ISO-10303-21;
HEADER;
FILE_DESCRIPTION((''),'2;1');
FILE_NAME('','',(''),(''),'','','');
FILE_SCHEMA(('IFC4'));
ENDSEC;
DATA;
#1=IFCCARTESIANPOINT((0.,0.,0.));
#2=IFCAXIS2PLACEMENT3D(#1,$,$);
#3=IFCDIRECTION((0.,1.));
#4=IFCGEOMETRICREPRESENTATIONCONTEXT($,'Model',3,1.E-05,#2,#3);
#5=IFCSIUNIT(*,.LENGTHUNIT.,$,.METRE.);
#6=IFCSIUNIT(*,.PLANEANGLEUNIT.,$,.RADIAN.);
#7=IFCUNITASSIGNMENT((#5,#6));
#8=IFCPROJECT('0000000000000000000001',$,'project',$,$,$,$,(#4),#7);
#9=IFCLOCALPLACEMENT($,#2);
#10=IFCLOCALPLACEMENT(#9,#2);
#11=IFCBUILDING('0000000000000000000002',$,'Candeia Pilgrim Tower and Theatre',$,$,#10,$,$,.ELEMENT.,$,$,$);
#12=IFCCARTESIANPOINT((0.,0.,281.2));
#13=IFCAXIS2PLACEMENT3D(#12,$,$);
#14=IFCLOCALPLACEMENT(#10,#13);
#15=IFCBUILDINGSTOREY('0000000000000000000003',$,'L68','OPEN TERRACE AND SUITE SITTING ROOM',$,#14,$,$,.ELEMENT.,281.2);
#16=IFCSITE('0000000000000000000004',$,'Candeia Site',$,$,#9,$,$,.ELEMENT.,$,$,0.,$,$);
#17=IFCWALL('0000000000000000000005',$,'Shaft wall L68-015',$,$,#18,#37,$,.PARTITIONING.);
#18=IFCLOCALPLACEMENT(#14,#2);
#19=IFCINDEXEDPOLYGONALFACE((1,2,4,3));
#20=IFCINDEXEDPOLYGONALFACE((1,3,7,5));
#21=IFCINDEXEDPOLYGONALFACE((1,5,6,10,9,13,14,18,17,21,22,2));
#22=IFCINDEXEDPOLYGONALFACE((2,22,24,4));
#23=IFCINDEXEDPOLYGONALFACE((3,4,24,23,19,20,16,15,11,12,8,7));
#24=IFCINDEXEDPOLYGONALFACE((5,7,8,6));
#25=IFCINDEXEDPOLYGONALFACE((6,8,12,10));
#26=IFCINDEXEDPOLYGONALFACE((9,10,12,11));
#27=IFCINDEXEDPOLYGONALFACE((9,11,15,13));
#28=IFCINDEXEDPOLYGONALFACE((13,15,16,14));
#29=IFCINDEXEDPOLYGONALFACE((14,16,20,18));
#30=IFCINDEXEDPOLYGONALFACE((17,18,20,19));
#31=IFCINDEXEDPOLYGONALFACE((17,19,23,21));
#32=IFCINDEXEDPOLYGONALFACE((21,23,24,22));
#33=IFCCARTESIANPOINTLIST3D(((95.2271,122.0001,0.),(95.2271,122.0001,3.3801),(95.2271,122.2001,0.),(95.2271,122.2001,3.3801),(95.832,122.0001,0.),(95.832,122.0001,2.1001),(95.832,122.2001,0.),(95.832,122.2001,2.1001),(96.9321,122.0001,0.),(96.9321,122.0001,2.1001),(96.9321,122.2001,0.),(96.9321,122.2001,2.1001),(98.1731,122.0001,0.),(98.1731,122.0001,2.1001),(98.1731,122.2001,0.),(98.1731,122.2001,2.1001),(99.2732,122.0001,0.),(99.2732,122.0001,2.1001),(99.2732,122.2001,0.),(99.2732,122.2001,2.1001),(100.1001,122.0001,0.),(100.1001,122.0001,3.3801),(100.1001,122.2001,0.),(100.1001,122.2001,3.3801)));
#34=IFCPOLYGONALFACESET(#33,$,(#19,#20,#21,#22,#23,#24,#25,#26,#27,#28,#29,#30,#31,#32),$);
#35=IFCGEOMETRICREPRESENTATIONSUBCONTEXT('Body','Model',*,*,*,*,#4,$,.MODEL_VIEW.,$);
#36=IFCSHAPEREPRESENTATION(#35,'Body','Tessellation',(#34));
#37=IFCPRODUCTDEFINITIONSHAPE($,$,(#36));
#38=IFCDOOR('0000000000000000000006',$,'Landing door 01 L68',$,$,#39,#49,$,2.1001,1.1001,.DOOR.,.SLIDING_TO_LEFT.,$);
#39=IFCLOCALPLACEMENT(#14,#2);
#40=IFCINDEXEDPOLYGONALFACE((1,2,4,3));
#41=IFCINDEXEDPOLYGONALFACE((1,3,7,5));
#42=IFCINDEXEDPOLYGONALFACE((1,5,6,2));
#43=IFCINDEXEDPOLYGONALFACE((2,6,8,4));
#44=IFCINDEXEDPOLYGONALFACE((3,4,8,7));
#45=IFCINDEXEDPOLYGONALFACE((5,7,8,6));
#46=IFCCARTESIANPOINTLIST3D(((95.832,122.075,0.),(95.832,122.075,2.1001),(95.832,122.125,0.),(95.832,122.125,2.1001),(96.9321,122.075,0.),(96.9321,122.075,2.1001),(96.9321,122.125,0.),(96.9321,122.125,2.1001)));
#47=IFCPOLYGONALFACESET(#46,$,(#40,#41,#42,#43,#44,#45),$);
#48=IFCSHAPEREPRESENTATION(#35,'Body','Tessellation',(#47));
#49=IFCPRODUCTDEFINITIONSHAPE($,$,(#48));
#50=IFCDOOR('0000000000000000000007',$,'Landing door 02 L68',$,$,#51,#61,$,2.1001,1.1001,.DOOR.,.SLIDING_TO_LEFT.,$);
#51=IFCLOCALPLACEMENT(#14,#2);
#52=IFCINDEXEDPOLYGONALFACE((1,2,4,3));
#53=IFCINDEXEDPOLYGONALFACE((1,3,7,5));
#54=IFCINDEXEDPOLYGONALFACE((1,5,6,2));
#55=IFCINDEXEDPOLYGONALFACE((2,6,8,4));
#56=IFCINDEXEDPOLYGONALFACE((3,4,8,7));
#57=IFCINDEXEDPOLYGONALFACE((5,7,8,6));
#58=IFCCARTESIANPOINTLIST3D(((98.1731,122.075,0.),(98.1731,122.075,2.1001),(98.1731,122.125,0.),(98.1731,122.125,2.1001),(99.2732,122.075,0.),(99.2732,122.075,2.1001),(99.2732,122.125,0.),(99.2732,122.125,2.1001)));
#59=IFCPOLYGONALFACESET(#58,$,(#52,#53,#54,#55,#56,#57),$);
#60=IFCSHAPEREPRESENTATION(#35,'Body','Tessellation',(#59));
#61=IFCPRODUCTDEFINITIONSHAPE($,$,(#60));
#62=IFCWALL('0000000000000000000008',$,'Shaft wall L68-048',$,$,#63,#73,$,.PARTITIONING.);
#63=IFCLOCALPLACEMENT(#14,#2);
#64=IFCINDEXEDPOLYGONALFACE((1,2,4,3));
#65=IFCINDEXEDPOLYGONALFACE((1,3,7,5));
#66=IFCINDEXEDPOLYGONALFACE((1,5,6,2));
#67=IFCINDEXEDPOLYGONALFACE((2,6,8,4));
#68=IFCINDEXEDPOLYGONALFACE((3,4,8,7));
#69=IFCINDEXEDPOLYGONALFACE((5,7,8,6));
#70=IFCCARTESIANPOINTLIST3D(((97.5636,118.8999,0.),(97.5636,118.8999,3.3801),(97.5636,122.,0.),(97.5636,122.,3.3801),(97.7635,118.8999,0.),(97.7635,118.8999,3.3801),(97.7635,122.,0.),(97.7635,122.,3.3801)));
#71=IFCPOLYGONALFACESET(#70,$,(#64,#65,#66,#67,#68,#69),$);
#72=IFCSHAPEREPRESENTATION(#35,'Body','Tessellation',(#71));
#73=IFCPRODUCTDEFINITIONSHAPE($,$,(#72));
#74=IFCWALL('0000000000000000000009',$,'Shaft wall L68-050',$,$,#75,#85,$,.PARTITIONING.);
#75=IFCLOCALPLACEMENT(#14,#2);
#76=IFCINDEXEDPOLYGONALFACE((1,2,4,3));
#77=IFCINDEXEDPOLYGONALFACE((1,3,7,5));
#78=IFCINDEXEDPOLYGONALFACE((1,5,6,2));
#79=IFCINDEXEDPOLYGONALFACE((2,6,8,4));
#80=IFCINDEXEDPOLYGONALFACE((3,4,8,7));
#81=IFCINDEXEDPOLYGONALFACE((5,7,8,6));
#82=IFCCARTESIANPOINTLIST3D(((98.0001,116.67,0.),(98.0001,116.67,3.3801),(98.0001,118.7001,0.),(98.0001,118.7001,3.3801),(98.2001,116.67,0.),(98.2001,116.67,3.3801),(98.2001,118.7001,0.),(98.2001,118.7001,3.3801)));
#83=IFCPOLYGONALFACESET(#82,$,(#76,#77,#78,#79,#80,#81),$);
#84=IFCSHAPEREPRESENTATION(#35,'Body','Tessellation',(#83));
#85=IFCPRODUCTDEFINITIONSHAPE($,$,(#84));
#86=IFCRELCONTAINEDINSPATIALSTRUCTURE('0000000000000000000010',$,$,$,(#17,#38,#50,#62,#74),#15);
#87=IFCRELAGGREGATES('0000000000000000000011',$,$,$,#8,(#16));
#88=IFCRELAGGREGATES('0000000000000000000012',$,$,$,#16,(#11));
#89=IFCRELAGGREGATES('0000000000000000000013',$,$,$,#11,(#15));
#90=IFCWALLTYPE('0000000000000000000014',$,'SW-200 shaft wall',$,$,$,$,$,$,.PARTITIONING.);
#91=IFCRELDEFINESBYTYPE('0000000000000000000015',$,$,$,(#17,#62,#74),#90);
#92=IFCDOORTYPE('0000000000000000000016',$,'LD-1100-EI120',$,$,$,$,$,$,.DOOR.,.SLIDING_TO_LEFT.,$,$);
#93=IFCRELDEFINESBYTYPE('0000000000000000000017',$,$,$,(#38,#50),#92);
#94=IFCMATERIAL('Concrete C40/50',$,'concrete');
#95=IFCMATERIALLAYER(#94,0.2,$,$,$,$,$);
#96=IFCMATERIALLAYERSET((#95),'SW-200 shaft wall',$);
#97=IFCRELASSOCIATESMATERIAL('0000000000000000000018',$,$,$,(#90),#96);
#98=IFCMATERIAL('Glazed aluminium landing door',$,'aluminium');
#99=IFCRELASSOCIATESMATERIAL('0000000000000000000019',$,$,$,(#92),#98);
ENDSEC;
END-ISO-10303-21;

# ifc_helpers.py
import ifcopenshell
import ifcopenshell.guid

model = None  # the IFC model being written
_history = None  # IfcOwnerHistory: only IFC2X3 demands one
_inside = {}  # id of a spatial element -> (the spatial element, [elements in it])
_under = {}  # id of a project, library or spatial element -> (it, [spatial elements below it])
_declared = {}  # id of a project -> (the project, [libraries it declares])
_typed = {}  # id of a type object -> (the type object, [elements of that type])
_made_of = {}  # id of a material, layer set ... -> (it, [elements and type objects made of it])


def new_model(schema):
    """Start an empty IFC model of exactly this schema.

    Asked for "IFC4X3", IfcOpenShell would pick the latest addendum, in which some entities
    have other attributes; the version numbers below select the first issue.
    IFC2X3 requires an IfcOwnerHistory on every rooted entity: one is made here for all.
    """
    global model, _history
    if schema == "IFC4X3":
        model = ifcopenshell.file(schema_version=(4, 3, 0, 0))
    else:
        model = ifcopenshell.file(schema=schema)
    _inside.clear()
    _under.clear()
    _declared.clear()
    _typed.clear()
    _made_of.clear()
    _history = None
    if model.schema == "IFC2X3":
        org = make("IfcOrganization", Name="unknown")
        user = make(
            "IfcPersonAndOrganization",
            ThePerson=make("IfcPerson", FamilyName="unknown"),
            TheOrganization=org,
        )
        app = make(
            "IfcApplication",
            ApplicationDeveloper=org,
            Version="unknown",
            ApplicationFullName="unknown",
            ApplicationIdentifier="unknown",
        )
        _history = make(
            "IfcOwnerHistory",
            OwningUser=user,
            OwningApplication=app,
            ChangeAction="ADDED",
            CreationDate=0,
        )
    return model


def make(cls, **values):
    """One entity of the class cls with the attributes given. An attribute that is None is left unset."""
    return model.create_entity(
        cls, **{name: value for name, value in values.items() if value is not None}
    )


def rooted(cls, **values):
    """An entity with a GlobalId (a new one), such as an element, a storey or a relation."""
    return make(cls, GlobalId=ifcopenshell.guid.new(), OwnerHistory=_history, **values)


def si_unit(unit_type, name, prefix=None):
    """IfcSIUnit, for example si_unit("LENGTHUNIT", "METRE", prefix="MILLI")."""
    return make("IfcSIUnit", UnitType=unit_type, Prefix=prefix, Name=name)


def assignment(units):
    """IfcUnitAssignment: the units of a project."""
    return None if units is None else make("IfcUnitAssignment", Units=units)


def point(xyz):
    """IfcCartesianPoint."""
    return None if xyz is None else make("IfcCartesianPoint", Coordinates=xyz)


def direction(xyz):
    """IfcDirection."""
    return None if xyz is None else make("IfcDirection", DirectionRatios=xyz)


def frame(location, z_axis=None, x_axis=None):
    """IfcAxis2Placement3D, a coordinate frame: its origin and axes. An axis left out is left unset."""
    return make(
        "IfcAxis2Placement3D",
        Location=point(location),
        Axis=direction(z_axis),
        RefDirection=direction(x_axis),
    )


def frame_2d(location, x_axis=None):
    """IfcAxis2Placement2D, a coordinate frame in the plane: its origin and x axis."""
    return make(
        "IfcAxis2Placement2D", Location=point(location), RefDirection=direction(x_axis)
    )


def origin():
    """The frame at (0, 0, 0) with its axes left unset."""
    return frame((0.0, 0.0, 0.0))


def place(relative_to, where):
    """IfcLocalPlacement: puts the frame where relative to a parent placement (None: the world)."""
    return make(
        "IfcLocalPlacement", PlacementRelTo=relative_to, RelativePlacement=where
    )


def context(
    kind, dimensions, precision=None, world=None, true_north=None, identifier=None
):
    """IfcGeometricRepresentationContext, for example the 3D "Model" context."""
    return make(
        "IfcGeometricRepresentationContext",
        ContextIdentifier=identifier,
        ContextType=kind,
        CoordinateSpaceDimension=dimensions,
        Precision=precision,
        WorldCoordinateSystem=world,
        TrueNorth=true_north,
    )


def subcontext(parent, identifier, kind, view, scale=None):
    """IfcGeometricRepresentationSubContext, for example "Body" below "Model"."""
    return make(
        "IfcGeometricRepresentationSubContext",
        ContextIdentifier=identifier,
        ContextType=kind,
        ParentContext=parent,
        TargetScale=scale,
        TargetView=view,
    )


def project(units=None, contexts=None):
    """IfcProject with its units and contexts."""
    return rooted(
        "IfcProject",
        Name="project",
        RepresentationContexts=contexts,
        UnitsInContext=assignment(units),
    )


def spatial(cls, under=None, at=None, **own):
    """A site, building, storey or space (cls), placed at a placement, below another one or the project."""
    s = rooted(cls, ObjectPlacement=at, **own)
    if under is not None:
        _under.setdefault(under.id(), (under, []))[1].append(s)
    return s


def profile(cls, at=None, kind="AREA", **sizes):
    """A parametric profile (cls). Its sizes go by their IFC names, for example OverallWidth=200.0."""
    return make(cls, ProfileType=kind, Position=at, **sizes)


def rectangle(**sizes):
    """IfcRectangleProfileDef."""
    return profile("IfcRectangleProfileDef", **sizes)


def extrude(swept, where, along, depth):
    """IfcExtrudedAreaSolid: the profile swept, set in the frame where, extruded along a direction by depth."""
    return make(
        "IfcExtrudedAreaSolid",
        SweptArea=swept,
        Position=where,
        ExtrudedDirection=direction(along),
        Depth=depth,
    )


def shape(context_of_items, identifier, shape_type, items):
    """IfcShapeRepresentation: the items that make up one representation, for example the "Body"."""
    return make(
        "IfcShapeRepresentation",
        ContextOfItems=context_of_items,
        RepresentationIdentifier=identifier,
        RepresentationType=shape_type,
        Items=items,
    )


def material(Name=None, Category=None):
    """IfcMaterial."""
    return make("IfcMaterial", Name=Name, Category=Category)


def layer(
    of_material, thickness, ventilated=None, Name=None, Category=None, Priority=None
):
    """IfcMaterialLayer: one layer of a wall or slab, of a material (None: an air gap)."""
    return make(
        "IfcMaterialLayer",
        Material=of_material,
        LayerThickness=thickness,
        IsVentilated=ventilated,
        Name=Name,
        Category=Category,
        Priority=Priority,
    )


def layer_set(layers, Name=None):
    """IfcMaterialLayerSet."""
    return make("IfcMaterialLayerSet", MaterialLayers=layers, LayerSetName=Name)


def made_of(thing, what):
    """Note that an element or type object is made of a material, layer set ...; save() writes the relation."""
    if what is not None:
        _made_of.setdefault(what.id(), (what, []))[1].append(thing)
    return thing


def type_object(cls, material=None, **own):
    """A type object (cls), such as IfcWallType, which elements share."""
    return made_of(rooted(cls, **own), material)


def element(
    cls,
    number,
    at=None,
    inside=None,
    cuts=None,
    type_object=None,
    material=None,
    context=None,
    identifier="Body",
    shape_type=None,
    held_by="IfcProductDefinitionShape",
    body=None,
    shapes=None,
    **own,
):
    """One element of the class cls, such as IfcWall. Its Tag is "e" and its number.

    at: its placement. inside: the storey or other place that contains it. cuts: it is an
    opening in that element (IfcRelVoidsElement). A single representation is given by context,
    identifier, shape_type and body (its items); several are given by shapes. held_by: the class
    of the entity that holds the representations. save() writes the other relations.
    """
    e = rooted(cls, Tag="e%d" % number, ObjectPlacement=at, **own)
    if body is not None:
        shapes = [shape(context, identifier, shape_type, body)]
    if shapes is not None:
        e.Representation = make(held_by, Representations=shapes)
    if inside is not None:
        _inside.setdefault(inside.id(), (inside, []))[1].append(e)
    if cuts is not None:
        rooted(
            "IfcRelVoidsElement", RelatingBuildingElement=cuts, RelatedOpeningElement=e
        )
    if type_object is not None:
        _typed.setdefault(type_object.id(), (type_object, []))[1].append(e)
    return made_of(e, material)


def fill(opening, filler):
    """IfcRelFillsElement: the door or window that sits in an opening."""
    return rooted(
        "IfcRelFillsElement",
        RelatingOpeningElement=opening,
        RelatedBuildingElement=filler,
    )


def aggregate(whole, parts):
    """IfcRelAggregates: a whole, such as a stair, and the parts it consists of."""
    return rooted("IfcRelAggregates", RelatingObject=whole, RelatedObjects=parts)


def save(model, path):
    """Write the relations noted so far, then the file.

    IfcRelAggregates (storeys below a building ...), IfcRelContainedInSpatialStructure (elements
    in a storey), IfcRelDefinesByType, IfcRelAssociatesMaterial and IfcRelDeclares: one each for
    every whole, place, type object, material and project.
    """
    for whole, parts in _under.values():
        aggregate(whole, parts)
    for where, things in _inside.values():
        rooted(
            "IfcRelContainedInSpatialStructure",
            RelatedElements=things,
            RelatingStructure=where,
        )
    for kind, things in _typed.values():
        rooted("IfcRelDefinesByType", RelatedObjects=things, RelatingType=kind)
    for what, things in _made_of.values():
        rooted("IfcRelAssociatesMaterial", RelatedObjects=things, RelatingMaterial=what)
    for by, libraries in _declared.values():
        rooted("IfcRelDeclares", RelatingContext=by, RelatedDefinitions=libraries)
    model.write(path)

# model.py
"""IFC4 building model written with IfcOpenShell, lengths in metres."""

from ifc_helpers import new_model, si_unit, direction, frame, frame_2d, origin, place, context, subcontext, project, spatial, rectangle, extrude, material, layer, layer_set, type_object, element, fill, save


model = new_model("IFC4")

# Units and contexts
model_context = context("Model", 3, precision=1e-05, world=origin(), true_north=direction((0.0, 1.0)))
body_context = subcontext(model_context, "Body", "Model", "MODEL_VIEW")
ifc_project = project(units=[si_unit("LENGTHUNIT", "METRE"), si_unit("PLANEANGLEUNIT", "RADIAN")], contexts=[model_context])

# Site, building, storey
site_placement = place(None, origin())
site = spatial("IfcSite", under=ifc_project, at=site_placement, Name="Candeia Site", CompositionType="ELEMENT", RefElevation=0.0)
building_placement = place(site_placement, origin())
building = spatial("IfcBuilding", under=site, at=building_placement, Name="Candeia Pilgrim Tower and Theatre", CompositionType="ELEMENT")
storey_placement = place(building_placement, frame((0.0, 0.0, 281.2)))
storey = spatial("IfcBuildingStorey", under=building, at=storey_placement, Name="L68", Description="OPEN TERRACE AND SUITE SITTING ROOM", CompositionType="ELEMENT", Elevation=281.2)

# Shared definitions
ifc_material_1 = material(Name="Concrete C40/50", Category="concrete")
ifc_layer_1 = layer(ifc_material_1, 0.2)
ifc_layer_set_1 = layer_set([ifc_layer_1], Name="SW-200 shaft wall")
wall_type_1 = type_object("IfcWallType", Name="SW-200 shaft wall", PredefinedType="PARTITIONING", material=ifc_layer_set_1)

# Wall, openings, doors
wall_1_placement = place(storey_placement, frame((95.2271, 122.1001, 0.0), z_axis=(0.0, 0.0, 1.0), x_axis=(1.0, 0.0, 0.0)))
wall_1 = element("IfcWall", 1, at=wall_1_placement, inside=storey, type_object=wall_type_1, Name="Shaft wall L68-015", PredefinedType="PARTITIONING", context=body_context, shape_type="SweptSolid", body=[
    extrude(rectangle(XDim=4.873, YDim=0.2, at=frame_2d((2.4365, 0.0))), origin(), (0.0, 0.0, 1.0), 3.3801),
])
opening_1_placement = place(wall_1_placement, frame((0.605, 0.0, 0.0)))
opening_1 = element("IfcOpeningElement", 2, at=opening_1_placement, cuts=wall_1, PredefinedType="OPENING", context=body_context, shape_type="SweptSolid", body=[
    extrude(rectangle(XDim=1.1001, YDim=2.1001, at=frame_2d((0.55, 1.05))), frame((0.0, 0.1099, 0.0), z_axis=(0.0, -1.0, 0.0), x_axis=(1.0, 0.0, 0.0)), (0.0, 0.0, 1.0), 0.22),
])
opening_2_placement = place(wall_1_placement, frame((2.946, 0.0, 0.0)))
opening_2 = element("IfcOpeningElement", 3, at=opening_2_placement, cuts=wall_1, PredefinedType="OPENING", context=body_context, shape_type="SweptSolid", body=[
    extrude(rectangle(XDim=1.1001, YDim=2.1001, at=frame_2d((0.55, 1.05))), frame((0.0, 0.1099, 0.0), z_axis=(0.0, -1.0, 0.0), x_axis=(1.0, 0.0, 0.0)), (0.0, 0.0, 1.0), 0.22),
])
ifc_material_2 = material(Name="Glazed aluminium landing door", Category="aluminium")
door_type_1 = type_object("IfcDoorType", Name="LD-1100-EI120", OperationType="SLIDING_TO_LEFT", PredefinedType="DOOR", material=ifc_material_2)
door_1_placement = place(opening_1_placement, origin())
door_1 = element("IfcDoor", 4, at=door_1_placement, inside=storey, type_object=door_type_1, Name="Landing door 01 L68", OperationType="SLIDING_TO_LEFT", OverallHeight=2.1001, OverallWidth=1.1001, PredefinedType="DOOR", context=body_context, shape_type="SweptSolid", body=[
    extrude(rectangle(XDim=1.1001, YDim=2.1001, at=frame_2d((0.55, 1.05))), frame((0.0, 0.0249, 0.0), z_axis=(0.0, -1.0, 0.0), x_axis=(1.0, 0.0, 0.0)), (0.0, 0.0, 1.0), 0.05),
])
fill(opening_1, door_1)
door_2_placement = place(opening_2_placement, origin())
door_2 = element("IfcDoor", 5, at=door_2_placement, inside=storey, type_object=door_type_1, Name="Landing door 02 L68", OperationType="SLIDING_TO_LEFT", OverallHeight=2.1001, OverallWidth=1.1001, PredefinedType="DOOR", context=body_context, shape_type="SweptSolid", body=[
    extrude(rectangle(XDim=1.1001, YDim=2.1001, at=frame_2d((0.55, 1.05))), frame((0.0, 0.0249, 0.0), z_axis=(0.0, -1.0, 0.0), x_axis=(1.0, 0.0, 0.0)), (0.0, 0.0, 1.0), 0.05),
])
fill(opening_2, door_2)

# Walls
wall_2_placement = place(storey_placement, frame((97.6636, 118.8999, 0.0), z_axis=(0.0, 0.0, 1.0), x_axis=(0.0, 1.0, 0.0)))
element("IfcWall", 6, at=wall_2_placement, inside=storey, type_object=wall_type_1, Name="Shaft wall L68-048", PredefinedType="PARTITIONING", context=body_context, shape_type="SweptSolid", body=[
    extrude(rectangle(XDim=3.1001, YDim=0.2, at=frame_2d((1.55, 0.0))), origin(), (0.0, 0.0, 1.0), 3.3801),
])
wall_3_placement = place(storey_placement, frame((98.1001, 116.6699, 0.0), z_axis=(0.0, 0.0, 1.0), x_axis=(0.0, 1.0, 0.0)))
element("IfcWall", 7, at=wall_3_placement, inside=storey, type_object=wall_type_1, Name="Shaft wall L68-050", PredefinedType="PARTITIONING", context=body_context, shape_type="SweptSolid", body=[
    extrude(rectangle(XDim=2.03, YDim=0.2, at=frame_2d((1.0151, 0.0))), origin(), (0.0, 0.0, 1.0), 3.3801),
])

save(model, "model.ifc")
